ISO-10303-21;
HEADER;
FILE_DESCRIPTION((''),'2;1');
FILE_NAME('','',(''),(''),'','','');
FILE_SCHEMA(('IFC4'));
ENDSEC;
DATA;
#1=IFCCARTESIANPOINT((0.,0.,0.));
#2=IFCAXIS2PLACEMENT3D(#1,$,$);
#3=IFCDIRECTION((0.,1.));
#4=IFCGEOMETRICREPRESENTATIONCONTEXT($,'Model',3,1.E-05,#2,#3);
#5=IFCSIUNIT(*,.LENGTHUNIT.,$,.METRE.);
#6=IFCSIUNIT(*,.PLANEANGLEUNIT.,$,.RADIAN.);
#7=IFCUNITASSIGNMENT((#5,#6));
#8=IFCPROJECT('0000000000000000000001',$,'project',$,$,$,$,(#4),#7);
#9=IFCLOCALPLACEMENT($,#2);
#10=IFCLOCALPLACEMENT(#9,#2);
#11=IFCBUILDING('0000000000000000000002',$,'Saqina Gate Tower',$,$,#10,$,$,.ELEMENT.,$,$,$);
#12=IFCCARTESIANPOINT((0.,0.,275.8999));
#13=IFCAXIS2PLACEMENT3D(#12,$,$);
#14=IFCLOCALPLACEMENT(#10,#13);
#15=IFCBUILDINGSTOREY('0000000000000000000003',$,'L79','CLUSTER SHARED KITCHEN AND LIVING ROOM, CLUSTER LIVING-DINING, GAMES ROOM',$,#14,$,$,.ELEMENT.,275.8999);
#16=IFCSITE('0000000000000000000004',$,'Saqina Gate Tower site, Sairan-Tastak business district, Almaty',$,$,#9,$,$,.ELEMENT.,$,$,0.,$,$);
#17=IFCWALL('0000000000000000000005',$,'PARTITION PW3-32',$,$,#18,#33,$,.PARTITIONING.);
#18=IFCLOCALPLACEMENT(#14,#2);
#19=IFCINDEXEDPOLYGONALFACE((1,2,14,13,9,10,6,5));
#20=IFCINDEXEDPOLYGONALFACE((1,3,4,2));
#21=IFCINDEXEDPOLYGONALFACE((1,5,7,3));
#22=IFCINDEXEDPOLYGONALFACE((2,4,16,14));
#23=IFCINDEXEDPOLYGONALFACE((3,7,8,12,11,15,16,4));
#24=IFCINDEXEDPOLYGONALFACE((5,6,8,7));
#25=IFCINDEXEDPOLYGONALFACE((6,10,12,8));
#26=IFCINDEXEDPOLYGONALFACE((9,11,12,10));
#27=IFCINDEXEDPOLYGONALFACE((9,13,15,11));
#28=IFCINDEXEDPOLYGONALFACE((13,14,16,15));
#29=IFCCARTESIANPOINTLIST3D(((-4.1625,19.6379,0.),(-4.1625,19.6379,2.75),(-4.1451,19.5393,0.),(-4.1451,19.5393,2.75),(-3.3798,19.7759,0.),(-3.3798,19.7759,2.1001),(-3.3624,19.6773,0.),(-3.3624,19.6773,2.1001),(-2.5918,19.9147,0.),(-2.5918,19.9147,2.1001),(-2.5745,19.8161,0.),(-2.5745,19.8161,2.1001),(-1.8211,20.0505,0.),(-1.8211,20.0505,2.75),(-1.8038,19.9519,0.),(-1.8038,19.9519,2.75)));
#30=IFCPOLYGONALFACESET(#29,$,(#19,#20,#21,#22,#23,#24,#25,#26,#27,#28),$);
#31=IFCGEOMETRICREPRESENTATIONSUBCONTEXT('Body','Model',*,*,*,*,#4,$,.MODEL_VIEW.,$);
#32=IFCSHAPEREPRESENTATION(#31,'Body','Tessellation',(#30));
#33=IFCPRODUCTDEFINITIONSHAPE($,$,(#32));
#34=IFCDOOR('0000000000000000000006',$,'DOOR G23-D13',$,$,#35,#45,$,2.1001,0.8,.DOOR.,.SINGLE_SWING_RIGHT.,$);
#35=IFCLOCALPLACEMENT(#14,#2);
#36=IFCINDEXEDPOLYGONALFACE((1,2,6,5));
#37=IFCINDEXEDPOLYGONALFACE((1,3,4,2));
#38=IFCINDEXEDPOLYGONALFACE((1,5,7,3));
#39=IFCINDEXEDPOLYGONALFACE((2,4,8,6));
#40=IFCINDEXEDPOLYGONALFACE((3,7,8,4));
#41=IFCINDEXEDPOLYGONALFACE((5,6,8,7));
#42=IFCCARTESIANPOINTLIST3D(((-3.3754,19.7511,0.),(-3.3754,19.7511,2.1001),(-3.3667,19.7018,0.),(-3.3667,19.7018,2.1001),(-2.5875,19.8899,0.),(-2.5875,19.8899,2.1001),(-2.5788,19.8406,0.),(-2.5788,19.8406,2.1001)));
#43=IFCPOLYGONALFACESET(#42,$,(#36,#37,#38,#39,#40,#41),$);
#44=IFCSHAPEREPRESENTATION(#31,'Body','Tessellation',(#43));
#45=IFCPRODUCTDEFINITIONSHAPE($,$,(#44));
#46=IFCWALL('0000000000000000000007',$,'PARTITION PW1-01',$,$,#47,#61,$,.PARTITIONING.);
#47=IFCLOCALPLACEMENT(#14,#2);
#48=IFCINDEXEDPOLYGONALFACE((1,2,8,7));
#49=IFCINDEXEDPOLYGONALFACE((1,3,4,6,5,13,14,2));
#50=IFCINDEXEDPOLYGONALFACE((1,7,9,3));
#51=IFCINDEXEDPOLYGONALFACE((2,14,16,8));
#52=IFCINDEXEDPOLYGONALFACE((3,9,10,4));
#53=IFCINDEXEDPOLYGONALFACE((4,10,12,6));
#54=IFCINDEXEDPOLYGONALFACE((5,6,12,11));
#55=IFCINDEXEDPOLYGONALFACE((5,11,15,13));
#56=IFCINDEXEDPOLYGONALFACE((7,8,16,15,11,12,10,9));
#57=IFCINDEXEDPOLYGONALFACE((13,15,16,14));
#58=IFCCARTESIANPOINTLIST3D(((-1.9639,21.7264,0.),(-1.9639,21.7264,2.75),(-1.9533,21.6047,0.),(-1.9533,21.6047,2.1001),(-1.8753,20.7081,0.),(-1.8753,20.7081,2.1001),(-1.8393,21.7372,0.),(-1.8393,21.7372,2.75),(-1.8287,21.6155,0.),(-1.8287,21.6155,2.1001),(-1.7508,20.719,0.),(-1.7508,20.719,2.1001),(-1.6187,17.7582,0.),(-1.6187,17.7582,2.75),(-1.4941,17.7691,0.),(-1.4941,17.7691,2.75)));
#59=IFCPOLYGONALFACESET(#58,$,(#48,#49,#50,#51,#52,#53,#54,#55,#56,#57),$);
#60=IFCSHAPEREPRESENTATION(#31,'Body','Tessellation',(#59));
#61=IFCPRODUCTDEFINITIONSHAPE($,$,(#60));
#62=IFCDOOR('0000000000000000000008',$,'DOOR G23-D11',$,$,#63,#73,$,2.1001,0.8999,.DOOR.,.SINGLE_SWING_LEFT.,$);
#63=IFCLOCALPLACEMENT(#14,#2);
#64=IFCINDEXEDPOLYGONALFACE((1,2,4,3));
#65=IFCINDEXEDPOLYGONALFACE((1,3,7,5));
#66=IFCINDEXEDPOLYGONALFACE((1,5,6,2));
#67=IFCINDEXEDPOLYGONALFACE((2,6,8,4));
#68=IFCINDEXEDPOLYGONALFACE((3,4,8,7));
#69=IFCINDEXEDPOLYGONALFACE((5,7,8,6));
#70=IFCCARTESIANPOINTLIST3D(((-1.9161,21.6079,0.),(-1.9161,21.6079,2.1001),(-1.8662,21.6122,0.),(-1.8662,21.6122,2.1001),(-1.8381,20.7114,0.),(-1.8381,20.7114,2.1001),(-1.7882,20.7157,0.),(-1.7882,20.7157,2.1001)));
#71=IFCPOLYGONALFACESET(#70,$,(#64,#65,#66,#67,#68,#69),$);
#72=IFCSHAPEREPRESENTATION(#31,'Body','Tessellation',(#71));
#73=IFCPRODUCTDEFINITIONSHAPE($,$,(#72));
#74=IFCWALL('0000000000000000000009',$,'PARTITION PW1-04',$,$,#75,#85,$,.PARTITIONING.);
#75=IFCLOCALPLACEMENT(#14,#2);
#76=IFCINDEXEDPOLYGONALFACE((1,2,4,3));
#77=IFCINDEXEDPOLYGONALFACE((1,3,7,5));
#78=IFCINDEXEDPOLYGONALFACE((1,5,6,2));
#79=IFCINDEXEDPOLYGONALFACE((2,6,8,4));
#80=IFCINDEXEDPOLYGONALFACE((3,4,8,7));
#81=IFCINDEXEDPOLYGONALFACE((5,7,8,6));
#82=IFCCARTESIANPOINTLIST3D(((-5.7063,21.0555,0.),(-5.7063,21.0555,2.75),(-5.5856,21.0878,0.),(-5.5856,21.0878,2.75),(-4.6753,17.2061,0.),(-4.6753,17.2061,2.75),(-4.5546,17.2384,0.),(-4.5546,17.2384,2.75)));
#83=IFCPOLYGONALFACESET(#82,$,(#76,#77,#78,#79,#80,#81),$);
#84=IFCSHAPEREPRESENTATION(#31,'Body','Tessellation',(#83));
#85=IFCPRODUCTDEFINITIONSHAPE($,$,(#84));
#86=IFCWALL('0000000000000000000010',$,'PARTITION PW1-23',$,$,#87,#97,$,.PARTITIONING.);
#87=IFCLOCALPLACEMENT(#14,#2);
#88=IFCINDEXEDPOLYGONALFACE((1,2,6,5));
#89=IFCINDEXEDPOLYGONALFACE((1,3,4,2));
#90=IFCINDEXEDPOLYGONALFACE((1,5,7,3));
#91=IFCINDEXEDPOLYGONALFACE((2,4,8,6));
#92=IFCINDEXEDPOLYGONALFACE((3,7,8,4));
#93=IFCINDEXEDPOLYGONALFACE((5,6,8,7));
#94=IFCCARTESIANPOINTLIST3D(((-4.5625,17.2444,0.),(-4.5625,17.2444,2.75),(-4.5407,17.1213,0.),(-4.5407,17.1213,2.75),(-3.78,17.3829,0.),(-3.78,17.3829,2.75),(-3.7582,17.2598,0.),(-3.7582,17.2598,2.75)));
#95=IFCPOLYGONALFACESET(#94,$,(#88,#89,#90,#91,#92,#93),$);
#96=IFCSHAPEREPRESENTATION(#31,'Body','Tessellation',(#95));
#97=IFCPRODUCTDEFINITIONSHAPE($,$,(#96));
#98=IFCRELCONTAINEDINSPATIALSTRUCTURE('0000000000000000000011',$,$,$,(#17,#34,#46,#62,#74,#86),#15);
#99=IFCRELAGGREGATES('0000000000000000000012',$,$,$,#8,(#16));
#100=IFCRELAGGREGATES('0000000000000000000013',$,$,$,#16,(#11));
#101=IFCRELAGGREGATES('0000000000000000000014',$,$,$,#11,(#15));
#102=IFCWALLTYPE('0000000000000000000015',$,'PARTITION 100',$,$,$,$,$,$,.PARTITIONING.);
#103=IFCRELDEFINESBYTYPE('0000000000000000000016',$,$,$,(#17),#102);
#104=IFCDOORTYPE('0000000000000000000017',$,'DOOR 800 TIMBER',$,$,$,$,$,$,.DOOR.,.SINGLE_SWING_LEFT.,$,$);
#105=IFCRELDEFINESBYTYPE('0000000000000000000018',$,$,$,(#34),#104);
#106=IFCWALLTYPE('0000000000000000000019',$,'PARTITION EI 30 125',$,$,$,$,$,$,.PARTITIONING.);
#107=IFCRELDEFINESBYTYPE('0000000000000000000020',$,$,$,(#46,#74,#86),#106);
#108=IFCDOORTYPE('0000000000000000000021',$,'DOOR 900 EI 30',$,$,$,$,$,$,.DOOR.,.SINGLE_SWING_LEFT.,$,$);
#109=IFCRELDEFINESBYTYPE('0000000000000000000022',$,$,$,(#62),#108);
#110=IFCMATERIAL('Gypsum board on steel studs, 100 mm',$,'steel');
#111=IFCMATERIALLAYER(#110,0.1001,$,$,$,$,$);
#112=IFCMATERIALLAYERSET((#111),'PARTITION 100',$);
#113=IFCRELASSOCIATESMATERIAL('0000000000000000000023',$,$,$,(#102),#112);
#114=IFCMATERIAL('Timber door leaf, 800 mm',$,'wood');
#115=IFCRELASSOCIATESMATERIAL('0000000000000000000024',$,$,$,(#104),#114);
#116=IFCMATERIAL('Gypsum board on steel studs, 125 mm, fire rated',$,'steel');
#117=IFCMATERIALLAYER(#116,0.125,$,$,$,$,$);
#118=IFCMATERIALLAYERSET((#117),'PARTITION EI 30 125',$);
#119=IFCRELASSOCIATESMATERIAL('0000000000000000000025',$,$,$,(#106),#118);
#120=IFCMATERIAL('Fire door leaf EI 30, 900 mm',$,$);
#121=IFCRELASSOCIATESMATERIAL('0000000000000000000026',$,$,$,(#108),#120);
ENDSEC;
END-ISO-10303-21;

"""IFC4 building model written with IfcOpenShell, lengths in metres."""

from ifc_helpers import new_model, si_unit, direction, frame, frame_2d, origin, place, context, subcontext, project, spatial, rectangle, extrude, material, layer, layer_set, type_object, element, fill, save


model = new_model("IFC4")

# Units and contexts
model_context = context("Model", 3, precision=1e-05, world=origin(), true_north=direction((0.0, 1.0)))
body_context = subcontext(model_context, "Body", "Model", "MODEL_VIEW")
ifc_project = project(units=[si_unit("LENGTHUNIT", "METRE"), si_unit("PLANEANGLEUNIT", "RADIAN")], contexts=[model_context])

# Site, building, storey
site_placement = place(None, origin())
site = spatial("IfcSite", under=ifc_project, at=site_placement, Name="Saqina Gate Tower site, Sairan-Tastak business district, Almaty", CompositionType="ELEMENT", RefElevation=0.0)
building_placement = place(site_placement, origin())
building = spatial("IfcBuilding", under=site, at=building_placement, Name="Saqina Gate Tower", CompositionType="ELEMENT")
storey_placement = place(building_placement, frame((0.0, 0.0, 275.8999)))
storey = spatial("IfcBuildingStorey", under=building, at=storey_placement, Name="L79", Description="CLUSTER SHARED KITCHEN AND LIVING ROOM, CLUSTER LIVING-DINING, GAMES ROOM", CompositionType="ELEMENT", Elevation=275.8999)

# Shared definitions
ifc_material_1 = material(Name="Gypsum board on steel studs, 100 mm", Category="steel")
ifc_layer_1 = layer(ifc_material_1, 0.1001)
ifc_layer_set_1 = layer_set([ifc_layer_1], Name="PARTITION 100")
wall_type_1 = type_object("IfcWallType", Name="PARTITION 100", PredefinedType="PARTITIONING", material=ifc_layer_set_1)

# Walls, openings, doors
wall_1_placement = place(storey_placement, frame((-4.1538, 19.5886, 0.0), z_axis=(0.0, 0.0, 1.0), x_axis=(0.984825, 0.173551, 0.0)))
wall_1 = element("IfcWall", 1, at=wall_1_placement, inside=storey, type_object=wall_type_1, Name="PARTITION PW3-32", PredefinedType="PARTITIONING", context=body_context, shape_type="SweptSolid", body=[
    extrude(rectangle(XDim=2.3774, YDim=0.1001, at=frame_2d((1.1887, 0.0))), origin(), (0.0, 0.0, 1.0), 2.75),
])
opening_1_placement = place(wall_1_placement, frame((0.7949, 0.0, 0.0)))
opening_1 = element("IfcOpeningElement", 2, at=opening_1_placement, cuts=wall_1, PredefinedType="OPENING", context=body_context, shape_type="SweptSolid", body=[
    extrude(rectangle(XDim=0.8, YDim=2.1001, at=frame_2d((0.3999, 1.05))), frame((0.0, 0.062, 0.0), z_axis=(0.0, -1.0, 0.0), x_axis=(1.0, 0.0, 0.0)), (0.0, 0.0, 1.0), 0.124),
])
ifc_material_2 = material(Name="Timber door leaf, 800 mm", Category="wood")
door_type_1 = type_object("IfcDoorType", Name="DOOR 800 TIMBER", OperationType="SINGLE_SWING_LEFT", PredefinedType="DOOR", material=ifc_material_2)
door_1_placement = place(opening_1_placement, origin())
door_1 = element("IfcDoor", 3, at=door_1_placement, inside=storey, type_object=door_type_1, Name="DOOR G23-D13", OperationType="SINGLE_SWING_RIGHT", OverallHeight=2.1001, OverallWidth=0.8, PredefinedType="DOOR", context=body_context, shape_type="SweptSolid", body=[
    extrude(rectangle(XDim=0.8, YDim=2.1001, at=frame_2d((0.3999, 1.05))), frame((0.0, 0.0249, 0.0), z_axis=(0.0, -1.0, 0.0), x_axis=(1.0, 0.0, 0.0)), (0.0, 0.0, 1.0), 0.05),
])
fill(opening_1, door_1)
ifc_material_3 = material(Name="Gypsum board on steel studs, 125 mm, fire rated", Category="steel")
ifc_layer_2 = layer(ifc_material_3, 0.125)
ifc_layer_set_2 = layer_set([ifc_layer_2], Name="PARTITION EI 30 125")
wall_type_2 = type_object("IfcWallType", Name="PARTITION EI 30 125", PredefinedType="PARTITIONING", material=ifc_layer_set_2)
wall_2_placement = place(storey_placement, frame((-1.9016, 21.7319, 0.0), z_axis=(0.0, 0.0, 1.0), x_axis=(0.086667, -0.996237, 0.0)))
wall_2 = element("IfcWall", 4, at=wall_2_placement, inside=storey, type_object=wall_type_2, Name="PARTITION PW1-01", PredefinedType="PARTITIONING", context=body_context, shape_type="SweptSolid", body=[
    extrude(rectangle(XDim=3.9832, YDim=0.125, at=frame_2d((1.9917, 0.0))), origin(), (0.0, 0.0, 1.0), 2.75),
])
opening_2_placement = place(wall_2_placement, frame((0.1223, 0.0, 0.0)))
opening_2 = element("IfcOpeningElement", 5, at=opening_2_placement, cuts=wall_2, PredefinedType="OPENING", context=body_context, shape_type="SweptSolid", body=[
    extrude(rectangle(XDim=0.8999, YDim=2.1001, at=frame_2d((0.45, 1.05))), frame((0.0, 0.0745, 0.0), z_axis=(0.0, -1.0, 0.0), x_axis=(1.0, 0.0, 0.0)), (0.0, 0.0, 1.0), 0.1489),
])
ifc_material_4 = material(Name="Fire door leaf EI 30, 900 mm")
door_type_2 = type_object("IfcDoorType", Name="DOOR 900 EI 30", OperationType="SINGLE_SWING_LEFT", PredefinedType="DOOR", material=ifc_material_4)
door_2_placement = place(opening_2_placement, origin())
door_2 = element("IfcDoor", 6, at=door_2_placement, inside=storey, type_object=door_type_2, Name="DOOR G23-D11", OperationType="SINGLE_SWING_LEFT", OverallHeight=2.1001, OverallWidth=0.8999, PredefinedType="DOOR", context=body_context, shape_type="SweptSolid", body=[
    extrude(rectangle(XDim=0.8999, YDim=2.1001, at=frame_2d((0.45, 1.05))), frame((0.0, 0.0249, 0.0), z_axis=(0.0, -1.0, 0.0), x_axis=(1.0, 0.0, 0.0)), (0.0, 0.0, 1.0), 0.05),
])
fill(opening_2, door_2)

# Walls
wall_3_placement = place(storey_placement, frame((-5.646, 21.0718, 0.0), z_axis=(0.0, 0.0, 1.0), x_axis=(0.258719, -0.965953, 0.0)))
element("IfcWall", 7, at=wall_3_placement, inside=storey, type_object=wall_type_2, Name="PARTITION PW1-04", PredefinedType="PARTITIONING", context=body_context, shape_type="SweptSolid", body=[
    extrude(rectangle(XDim=3.9851, YDim=0.125, at=frame_2d((1.9927, 0.0))), origin(), (0.0, 0.0, 1.0), 2.75),
])
wall_4_placement = place(storey_placement, frame((-4.5518, 17.1829, 0.0), z_axis=(0.0, 0.0, 1.0), x_axis=(0.984709, 0.174206, 0.0)))
element("IfcWall", 8, at=wall_4_placement, inside=storey, type_object=wall_type_2, Name="PARTITION PW1-23", PredefinedType="PARTITIONING", context=body_context, shape_type="SweptSolid", body=[
    extrude(rectangle(XDim=0.7947, YDim=0.125, at=frame_2d((0.3975, 0.0))), origin(), (0.0, 0.0, 1.0), 2.75),
])

save(model, "model.ifc")
